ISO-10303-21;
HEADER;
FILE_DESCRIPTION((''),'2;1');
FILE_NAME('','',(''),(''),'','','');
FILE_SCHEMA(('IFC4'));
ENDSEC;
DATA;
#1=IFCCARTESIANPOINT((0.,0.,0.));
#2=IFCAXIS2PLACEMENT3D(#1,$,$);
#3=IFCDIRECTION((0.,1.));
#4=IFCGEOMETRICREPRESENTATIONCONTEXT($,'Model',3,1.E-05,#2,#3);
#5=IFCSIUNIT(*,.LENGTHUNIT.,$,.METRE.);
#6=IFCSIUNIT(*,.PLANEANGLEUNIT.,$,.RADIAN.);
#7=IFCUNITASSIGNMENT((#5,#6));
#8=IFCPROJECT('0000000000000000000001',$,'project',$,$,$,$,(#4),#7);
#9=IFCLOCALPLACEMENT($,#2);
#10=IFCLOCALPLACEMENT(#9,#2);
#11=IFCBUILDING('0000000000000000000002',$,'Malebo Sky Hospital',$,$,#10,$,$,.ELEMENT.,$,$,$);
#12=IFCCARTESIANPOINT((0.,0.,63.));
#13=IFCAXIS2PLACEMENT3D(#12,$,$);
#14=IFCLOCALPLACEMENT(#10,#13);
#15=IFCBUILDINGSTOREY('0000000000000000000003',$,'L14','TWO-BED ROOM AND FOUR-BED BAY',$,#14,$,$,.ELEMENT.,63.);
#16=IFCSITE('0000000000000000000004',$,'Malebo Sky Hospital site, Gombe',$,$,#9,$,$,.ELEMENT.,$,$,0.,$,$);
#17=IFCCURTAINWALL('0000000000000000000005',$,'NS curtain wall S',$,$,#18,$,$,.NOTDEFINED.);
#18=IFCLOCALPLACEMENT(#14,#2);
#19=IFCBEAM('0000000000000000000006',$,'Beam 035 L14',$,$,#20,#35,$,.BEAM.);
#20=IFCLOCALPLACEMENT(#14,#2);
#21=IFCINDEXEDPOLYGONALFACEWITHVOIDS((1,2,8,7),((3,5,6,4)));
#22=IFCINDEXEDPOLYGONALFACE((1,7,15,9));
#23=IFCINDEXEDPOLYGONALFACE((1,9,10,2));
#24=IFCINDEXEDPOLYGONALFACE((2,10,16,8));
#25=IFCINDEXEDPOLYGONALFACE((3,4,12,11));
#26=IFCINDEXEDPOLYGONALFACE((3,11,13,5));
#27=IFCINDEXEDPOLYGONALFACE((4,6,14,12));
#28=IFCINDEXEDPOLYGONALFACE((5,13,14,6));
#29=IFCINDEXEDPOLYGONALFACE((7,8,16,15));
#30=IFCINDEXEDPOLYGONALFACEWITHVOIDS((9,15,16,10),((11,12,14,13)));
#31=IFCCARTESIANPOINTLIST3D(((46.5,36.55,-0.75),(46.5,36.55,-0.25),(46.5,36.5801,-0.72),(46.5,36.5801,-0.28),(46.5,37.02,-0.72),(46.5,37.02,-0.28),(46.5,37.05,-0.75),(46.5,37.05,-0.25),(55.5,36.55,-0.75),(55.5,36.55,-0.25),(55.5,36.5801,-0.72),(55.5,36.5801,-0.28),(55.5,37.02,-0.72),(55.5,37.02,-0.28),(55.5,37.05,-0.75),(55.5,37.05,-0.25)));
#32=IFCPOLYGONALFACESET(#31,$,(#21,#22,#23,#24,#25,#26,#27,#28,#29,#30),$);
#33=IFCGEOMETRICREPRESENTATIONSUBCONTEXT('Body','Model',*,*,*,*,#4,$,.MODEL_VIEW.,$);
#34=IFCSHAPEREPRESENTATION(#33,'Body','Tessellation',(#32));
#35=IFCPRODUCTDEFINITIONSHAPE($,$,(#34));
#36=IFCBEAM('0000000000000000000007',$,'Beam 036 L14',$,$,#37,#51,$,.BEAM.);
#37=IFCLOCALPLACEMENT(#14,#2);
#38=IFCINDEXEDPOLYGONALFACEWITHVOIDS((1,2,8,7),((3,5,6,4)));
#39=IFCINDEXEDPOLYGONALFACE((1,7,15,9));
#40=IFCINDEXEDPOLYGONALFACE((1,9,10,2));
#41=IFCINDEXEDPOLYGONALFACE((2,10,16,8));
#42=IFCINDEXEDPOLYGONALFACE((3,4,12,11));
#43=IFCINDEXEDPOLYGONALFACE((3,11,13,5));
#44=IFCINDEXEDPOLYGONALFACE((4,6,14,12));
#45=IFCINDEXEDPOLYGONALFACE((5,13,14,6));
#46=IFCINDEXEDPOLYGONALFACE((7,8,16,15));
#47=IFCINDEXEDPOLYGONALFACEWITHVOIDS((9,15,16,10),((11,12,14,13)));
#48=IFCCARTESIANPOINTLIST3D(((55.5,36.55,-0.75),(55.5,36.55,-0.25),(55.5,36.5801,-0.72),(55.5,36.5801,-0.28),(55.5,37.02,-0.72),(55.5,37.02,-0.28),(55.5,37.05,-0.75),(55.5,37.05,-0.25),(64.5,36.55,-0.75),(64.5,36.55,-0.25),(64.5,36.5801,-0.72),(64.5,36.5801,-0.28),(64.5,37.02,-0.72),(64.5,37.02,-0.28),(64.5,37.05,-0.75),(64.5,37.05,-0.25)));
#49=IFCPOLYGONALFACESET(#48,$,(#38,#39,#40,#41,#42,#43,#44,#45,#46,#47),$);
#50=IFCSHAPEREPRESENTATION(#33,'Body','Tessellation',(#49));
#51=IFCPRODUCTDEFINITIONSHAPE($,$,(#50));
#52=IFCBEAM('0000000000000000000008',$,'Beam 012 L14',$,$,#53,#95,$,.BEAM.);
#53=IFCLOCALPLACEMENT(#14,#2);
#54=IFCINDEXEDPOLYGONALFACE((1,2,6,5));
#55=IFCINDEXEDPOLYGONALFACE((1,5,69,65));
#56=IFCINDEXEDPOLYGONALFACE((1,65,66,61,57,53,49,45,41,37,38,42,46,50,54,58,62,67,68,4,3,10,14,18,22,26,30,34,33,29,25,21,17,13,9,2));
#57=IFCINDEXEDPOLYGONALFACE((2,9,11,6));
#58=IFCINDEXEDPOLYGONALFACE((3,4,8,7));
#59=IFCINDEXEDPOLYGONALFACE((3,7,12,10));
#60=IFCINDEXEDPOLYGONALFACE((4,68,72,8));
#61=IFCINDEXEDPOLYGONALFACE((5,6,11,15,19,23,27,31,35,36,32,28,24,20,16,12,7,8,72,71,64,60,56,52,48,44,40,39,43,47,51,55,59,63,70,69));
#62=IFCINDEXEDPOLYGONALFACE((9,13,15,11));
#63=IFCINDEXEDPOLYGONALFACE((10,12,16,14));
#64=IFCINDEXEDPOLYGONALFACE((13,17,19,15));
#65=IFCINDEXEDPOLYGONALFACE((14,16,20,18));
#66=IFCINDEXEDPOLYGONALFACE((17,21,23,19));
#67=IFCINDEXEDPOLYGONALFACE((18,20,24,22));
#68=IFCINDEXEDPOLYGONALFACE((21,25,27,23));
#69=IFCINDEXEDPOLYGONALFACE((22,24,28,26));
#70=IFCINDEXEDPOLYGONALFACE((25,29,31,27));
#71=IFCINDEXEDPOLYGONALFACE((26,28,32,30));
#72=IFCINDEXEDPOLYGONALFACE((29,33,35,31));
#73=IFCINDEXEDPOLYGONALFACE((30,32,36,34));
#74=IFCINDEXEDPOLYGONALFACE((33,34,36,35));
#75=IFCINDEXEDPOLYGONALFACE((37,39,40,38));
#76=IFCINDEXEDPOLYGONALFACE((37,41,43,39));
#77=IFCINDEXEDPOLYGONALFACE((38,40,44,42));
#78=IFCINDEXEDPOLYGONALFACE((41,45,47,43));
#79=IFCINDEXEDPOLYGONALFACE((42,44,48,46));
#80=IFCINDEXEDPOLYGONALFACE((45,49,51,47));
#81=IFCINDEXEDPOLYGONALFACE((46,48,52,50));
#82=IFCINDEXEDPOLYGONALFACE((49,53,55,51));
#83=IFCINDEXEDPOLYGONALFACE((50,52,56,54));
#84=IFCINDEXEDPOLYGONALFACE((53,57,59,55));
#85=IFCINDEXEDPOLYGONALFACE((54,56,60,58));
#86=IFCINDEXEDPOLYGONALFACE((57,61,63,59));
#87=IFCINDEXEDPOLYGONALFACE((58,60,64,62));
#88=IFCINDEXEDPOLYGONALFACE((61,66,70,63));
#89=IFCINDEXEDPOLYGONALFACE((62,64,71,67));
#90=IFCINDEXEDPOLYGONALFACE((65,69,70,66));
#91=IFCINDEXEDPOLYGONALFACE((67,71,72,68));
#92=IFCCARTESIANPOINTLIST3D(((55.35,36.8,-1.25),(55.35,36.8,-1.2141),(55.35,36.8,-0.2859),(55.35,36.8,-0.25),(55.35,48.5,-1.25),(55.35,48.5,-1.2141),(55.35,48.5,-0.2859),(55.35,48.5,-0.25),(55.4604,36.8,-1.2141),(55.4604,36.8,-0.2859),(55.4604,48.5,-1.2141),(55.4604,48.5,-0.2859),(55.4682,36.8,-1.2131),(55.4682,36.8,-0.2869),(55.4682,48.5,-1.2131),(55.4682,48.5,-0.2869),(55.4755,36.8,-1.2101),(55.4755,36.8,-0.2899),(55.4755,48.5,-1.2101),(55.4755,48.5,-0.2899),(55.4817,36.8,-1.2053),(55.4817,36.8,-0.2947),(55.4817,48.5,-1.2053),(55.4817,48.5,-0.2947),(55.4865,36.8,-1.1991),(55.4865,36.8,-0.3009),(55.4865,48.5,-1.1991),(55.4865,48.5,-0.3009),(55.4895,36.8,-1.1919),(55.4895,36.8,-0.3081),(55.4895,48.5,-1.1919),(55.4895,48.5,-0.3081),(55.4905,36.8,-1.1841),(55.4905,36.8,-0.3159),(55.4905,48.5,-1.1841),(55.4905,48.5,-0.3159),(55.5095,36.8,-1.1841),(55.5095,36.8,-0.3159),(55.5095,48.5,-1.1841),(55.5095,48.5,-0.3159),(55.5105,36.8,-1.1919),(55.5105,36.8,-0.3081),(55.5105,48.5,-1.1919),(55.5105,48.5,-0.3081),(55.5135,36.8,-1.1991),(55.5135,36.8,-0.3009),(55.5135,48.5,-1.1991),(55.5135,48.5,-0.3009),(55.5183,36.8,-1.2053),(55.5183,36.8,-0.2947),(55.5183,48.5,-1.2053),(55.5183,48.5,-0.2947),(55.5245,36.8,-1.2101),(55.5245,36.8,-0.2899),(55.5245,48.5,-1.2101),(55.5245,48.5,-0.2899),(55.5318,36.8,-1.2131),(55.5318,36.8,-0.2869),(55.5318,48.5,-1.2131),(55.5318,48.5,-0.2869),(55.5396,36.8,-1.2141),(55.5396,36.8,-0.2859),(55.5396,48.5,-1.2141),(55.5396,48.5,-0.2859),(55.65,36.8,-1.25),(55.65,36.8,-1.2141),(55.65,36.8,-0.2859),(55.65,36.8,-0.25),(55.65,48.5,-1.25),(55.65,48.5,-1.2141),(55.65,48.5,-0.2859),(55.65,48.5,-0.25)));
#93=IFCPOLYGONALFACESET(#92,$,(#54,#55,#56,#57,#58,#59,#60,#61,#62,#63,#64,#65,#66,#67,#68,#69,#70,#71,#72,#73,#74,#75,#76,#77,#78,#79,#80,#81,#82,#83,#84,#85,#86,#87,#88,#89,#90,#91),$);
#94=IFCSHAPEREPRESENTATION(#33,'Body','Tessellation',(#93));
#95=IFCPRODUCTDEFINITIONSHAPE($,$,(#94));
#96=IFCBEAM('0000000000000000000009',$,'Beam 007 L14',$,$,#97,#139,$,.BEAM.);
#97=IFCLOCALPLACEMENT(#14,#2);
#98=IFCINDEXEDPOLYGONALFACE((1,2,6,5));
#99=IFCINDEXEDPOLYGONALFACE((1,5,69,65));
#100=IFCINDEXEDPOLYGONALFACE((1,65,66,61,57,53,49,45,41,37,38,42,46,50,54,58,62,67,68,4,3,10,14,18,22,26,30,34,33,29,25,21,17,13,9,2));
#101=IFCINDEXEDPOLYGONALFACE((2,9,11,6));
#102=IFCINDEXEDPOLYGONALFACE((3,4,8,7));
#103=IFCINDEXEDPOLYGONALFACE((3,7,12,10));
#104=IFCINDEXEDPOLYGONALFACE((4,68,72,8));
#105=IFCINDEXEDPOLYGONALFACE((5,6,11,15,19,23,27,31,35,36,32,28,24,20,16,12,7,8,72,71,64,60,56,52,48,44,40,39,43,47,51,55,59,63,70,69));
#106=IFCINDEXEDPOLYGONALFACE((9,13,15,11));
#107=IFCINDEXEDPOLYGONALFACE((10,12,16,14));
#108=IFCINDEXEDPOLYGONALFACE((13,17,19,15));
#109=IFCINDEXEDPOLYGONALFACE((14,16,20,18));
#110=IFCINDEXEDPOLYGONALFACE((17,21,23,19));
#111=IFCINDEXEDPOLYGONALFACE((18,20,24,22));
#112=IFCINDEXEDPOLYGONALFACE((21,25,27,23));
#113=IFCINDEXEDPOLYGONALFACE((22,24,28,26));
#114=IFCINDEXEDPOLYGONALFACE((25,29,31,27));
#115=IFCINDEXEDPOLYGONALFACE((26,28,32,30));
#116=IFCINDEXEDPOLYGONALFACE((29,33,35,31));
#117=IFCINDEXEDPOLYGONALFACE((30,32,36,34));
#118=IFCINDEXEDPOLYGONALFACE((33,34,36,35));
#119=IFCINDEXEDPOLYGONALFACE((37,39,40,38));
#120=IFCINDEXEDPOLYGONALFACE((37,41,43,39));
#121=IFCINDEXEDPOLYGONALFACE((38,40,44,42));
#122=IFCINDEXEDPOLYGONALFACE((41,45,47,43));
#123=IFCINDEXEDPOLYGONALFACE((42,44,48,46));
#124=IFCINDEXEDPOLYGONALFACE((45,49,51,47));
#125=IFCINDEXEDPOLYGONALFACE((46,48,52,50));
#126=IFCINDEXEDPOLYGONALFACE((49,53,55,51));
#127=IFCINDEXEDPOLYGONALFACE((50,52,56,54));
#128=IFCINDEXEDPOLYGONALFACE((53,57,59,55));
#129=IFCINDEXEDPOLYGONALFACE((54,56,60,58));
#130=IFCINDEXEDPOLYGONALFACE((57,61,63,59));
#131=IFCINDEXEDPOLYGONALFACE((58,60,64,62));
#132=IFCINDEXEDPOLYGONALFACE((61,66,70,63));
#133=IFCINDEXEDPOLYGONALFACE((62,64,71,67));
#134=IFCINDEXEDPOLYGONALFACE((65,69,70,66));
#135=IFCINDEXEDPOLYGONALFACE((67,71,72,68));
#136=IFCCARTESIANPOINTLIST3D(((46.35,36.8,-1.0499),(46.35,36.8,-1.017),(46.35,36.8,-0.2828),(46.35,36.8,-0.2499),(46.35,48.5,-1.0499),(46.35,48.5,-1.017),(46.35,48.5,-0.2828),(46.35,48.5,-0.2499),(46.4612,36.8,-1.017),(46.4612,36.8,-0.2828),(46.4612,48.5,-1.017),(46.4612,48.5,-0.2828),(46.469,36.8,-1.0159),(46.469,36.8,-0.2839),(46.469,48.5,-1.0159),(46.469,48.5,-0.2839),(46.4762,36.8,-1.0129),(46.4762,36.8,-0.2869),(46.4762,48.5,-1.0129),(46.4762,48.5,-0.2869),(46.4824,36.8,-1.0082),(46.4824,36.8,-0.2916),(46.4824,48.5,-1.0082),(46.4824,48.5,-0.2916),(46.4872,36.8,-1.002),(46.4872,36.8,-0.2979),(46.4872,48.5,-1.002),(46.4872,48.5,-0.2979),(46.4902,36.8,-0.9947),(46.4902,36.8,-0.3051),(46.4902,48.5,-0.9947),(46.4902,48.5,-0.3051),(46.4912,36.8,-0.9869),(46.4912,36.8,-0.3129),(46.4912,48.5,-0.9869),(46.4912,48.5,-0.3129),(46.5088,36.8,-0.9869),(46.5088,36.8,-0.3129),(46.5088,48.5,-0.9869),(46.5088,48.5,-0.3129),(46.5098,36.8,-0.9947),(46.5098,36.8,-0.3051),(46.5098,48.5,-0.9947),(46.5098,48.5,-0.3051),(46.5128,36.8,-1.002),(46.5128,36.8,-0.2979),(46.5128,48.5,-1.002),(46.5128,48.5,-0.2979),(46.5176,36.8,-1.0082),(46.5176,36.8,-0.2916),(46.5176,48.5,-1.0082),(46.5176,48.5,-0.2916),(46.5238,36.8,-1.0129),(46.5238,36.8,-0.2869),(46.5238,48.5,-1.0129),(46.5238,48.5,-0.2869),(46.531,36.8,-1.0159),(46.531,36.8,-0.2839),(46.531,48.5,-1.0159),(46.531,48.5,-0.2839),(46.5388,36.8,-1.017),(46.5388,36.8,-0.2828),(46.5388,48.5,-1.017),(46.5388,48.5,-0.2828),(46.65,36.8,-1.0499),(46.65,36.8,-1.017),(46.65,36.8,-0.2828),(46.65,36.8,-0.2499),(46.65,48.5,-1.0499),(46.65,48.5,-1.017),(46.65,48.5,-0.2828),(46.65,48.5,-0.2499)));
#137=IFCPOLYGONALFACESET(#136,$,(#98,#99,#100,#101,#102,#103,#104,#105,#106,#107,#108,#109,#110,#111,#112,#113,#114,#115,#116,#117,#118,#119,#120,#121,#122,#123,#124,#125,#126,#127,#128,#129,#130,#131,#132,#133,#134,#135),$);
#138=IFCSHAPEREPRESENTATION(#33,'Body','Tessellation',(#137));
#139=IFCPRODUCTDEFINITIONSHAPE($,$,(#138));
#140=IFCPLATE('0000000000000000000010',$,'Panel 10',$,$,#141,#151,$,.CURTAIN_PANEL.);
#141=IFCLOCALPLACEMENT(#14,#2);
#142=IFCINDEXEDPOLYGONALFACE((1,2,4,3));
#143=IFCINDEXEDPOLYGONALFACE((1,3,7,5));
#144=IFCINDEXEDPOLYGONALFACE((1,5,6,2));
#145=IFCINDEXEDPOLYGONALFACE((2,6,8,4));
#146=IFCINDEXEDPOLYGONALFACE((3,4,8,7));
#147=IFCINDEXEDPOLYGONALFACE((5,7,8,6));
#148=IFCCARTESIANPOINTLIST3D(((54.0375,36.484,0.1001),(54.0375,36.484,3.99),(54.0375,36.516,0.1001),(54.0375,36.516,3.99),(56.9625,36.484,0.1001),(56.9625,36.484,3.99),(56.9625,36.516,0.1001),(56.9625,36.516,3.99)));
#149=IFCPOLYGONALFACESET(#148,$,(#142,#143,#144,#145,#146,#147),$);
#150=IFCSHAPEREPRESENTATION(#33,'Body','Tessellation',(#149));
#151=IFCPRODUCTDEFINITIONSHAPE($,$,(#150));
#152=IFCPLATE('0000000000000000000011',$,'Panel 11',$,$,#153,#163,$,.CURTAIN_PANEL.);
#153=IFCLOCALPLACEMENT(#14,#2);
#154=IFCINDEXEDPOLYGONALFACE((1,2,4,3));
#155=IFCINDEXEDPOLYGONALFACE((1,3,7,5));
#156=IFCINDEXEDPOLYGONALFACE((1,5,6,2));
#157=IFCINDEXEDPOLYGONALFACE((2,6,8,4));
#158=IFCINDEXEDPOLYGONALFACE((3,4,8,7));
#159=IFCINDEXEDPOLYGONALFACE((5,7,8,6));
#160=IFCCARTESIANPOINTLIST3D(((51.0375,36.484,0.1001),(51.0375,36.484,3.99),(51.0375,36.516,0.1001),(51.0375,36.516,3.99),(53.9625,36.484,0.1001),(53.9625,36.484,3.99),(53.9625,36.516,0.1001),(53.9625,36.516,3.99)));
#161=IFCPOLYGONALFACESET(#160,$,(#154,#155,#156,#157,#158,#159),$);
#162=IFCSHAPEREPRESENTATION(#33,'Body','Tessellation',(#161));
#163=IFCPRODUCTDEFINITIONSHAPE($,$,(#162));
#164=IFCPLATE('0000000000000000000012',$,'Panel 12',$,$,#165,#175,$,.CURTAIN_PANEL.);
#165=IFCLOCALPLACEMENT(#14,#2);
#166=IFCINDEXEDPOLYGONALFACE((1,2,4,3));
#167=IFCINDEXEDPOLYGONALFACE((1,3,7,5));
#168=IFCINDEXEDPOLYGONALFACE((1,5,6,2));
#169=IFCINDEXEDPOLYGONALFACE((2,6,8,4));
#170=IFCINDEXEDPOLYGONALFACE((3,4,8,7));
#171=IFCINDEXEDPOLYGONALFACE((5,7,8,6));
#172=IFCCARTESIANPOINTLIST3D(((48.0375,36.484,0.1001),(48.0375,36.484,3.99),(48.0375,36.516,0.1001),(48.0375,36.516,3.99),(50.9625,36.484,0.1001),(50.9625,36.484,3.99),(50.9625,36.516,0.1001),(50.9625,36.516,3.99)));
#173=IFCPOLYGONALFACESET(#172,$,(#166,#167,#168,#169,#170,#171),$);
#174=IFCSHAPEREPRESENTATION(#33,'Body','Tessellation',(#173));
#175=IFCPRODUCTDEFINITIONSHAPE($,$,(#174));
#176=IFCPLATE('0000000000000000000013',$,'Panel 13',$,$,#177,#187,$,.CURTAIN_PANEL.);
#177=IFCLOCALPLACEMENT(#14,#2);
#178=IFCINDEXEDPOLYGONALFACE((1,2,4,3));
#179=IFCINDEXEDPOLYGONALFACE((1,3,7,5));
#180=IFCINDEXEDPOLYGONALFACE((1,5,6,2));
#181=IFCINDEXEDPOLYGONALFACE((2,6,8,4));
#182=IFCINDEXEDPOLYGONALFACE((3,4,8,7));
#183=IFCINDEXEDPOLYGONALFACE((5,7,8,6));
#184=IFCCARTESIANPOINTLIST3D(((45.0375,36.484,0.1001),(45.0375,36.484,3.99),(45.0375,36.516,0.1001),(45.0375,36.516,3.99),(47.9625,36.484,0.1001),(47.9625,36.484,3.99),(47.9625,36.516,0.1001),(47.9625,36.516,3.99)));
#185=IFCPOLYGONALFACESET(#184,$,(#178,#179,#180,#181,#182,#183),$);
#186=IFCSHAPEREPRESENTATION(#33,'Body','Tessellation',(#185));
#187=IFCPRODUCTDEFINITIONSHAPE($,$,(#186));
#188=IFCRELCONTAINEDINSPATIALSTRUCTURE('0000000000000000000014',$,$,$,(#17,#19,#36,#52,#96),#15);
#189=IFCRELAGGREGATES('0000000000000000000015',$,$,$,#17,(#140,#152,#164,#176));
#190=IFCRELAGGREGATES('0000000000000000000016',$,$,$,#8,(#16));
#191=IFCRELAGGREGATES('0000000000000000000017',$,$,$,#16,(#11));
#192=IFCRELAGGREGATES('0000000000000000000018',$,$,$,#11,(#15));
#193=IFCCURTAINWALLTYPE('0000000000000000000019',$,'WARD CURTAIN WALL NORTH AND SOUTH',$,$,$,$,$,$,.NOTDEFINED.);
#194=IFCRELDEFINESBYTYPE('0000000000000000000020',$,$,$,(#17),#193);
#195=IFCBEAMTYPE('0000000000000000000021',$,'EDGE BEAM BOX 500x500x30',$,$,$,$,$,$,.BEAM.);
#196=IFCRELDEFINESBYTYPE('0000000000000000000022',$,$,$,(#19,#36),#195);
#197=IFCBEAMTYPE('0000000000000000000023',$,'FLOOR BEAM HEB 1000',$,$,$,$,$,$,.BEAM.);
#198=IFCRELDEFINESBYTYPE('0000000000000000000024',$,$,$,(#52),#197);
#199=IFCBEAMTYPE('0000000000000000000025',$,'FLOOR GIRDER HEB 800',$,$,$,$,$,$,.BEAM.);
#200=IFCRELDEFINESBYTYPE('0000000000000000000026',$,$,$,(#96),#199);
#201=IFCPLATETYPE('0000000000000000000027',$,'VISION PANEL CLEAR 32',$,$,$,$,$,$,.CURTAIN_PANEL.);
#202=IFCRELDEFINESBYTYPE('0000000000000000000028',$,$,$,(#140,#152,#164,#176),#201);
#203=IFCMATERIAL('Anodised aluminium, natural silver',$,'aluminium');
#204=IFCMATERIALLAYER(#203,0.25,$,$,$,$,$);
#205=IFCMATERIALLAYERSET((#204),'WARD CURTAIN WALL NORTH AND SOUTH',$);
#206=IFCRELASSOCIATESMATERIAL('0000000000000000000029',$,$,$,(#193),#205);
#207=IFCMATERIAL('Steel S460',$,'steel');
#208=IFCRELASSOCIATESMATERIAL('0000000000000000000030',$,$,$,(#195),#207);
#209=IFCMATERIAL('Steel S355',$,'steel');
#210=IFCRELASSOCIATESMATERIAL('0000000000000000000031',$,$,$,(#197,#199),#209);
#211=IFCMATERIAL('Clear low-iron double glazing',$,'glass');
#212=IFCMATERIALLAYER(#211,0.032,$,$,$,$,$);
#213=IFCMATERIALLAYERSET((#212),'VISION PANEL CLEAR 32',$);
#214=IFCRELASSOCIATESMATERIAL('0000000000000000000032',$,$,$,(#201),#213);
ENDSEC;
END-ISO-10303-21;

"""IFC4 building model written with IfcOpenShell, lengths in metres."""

from ifc_helpers import new_model, si_unit, direction, frame, origin, origin_2d, place, context, subcontext, project, spatial, rectangle, hollow_rectangle, i_section, extrude, material, layer, layer_set, material_profile, profile_set, type_object, element, aggregate, save


model = new_model("IFC4")

# Units and contexts
model_context = context("Model", 3, precision=1e-05, world=origin(), true_north=direction((0.0, 1.0)))
body_context = subcontext(model_context, "Body", "Model", "MODEL_VIEW")
ifc_project = project(units=[si_unit("LENGTHUNIT", "METRE"), si_unit("PLANEANGLEUNIT", "RADIAN")], contexts=[model_context])

# Site, building, storey
site_placement = place(None, origin())
site = spatial("IfcSite", under=ifc_project, at=site_placement, Name="Malebo Sky Hospital site, Gombe", CompositionType="ELEMENT", RefElevation=0.0)
building_placement = place(site_placement, origin())
building = spatial("IfcBuilding", under=site, at=building_placement, Name="Malebo Sky Hospital", CompositionType="ELEMENT")
storey_placement = place(building_placement, frame((0.0, 0.0, 63.0)))
storey = spatial("IfcBuildingStorey", under=building, at=storey_placement, Name="L14", Description="TWO-BED ROOM AND FOUR-BED BAY", CompositionType="ELEMENT", Elevation=63.0)

# Shared definitions
ifc_material_1 = material(Name="Steel S460", Category="steel")

# Curtain wall
ifc_material_2 = material(Name="Anodised aluminium, natural silver", Category="aluminium")
ifc_layer_1 = layer(ifc_material_2, 0.25)
ifc_layer_set_1 = layer_set([ifc_layer_1], Name="WARD CURTAIN WALL NORTH AND SOUTH")
curtain_wall_type = type_object("IfcCurtainWallType", Name="WARD CURTAIN WALL NORTH AND SOUTH", PredefinedType="NOTDEFINED", material=ifc_layer_set_1)
curtain_wall_placement = place(storey_placement, origin())
curtain_wall = element("IfcCurtainWall", 1, at=curtain_wall_placement, inside=storey, type_object=curtain_wall_type, Name="NS curtain wall S", PredefinedType="NOTDEFINED")

# Beams
ifc_material_profile_1 = material_profile(ifc_material_1, hollow_rectangle(XDim=0.5, YDim=0.5, WallThickness=0.03, at=origin_2d()), Name="BOX 500x500x30")
ifc_profile_set_1 = profile_set([ifc_material_profile_1], Name="Steel S460")
beam_type_1 = type_object("IfcBeamType", Name="EDGE BEAM BOX 500x500x30", PredefinedType="BEAM", material=ifc_profile_set_1)
for number, where, z_axis, x_axis, name in (
    (2, (46.5, 36.8, -0.5), (1.0, 0.0, 0.0), (0.0, 1.0, 0.0), "Beam 035 L14"),
    (3, (55.5, 36.8, -0.5), (1.0, 0.0, 0.0), (0.0, 1.0, 0.0), "Beam 036 L14"),
):
    element("IfcBeam", number, at=place(storey_placement, frame(where, z_axis=z_axis, x_axis=x_axis)), inside=storey, type_object=beam_type_1, Name=name, PredefinedType="BEAM", context=body_context, shape_type="SweptSolid", body=[
        extrude(hollow_rectangle(XDim=0.5, YDim=0.5, WallThickness=0.03, at=origin_2d()), origin(), (0.0, 0.0, 1.0), 9.0),
    ])
ifc_material_3 = material(Name="Steel S355", Category="steel")
ifc_material_profile_2 = material_profile(ifc_material_3, i_section(OverallWidth=0.3, OverallDepth=1.0, WebThickness=0.019, FlangeThickness=0.0359, FilletRadius=0.03, at=origin_2d()), Name="HEB 1000")
ifc_profile_set_2 = profile_set([ifc_material_profile_2], Name="Steel S355")
beam_type_2 = type_object("IfcBeamType", Name="FLOOR BEAM HEB 1000", PredefinedType="BEAM", material=ifc_profile_set_2)
beam_1_placement = place(storey_placement, frame((55.5, 36.8, -0.75), z_axis=(0.0, 1.0, 0.0), x_axis=(-1.0, 0.0, 0.0)))
element("IfcBeam", 4, at=beam_1_placement, inside=storey, type_object=beam_type_2, Name="Beam 012 L14", PredefinedType="BEAM", context=body_context, shape_type="SweptSolid", body=[
    extrude(i_section(OverallWidth=0.3, OverallDepth=1.0, WebThickness=0.019, FlangeThickness=0.0359, FilletRadius=0.03, at=origin_2d()), origin(), (0.0, 0.0, 1.0), 11.7),
])
ifc_material_profile_3 = material_profile(ifc_material_3, i_section(OverallWidth=0.3, OverallDepth=0.8, WebThickness=0.0176, FlangeThickness=0.033, FilletRadius=0.03, at=origin_2d()), Name="HEB 800")
ifc_profile_set_3 = profile_set([ifc_material_profile_3], Name="Steel S355")
beam_type_3 = type_object("IfcBeamType", Name="FLOOR GIRDER HEB 800", PredefinedType="BEAM", material=ifc_profile_set_3)
beam_2_placement = place(storey_placement, frame((46.5, 36.8, -0.6499), z_axis=(0.0, 1.0, 0.0), x_axis=(-1.0, 0.0, 0.0)))
element("IfcBeam", 5, at=beam_2_placement, inside=storey, type_object=beam_type_3, Name="Beam 007 L14", PredefinedType="BEAM", context=body_context, shape_type="SweptSolid", body=[
    extrude(i_section(OverallWidth=0.3, OverallDepth=0.8, WebThickness=0.0176, FlangeThickness=0.033, FilletRadius=0.03, at=origin_2d()), origin(), (0.0, 0.0, 1.0), 11.7),
])

# Plates
ifc_material_4 = material(Name="Clear low-iron double glazing", Category="glass")
ifc_layer_2 = layer(ifc_material_4, 0.032)
ifc_layer_set_2 = layer_set([ifc_layer_2], Name="VISION PANEL CLEAR 32")
plate_type = type_object("IfcPlateType", Name="VISION PANEL CLEAR 32", PredefinedType="CURTAIN_PANEL", material=ifc_layer_set_2)
plate_1_placement = place(storey_placement, frame((55.5, 36.5, 0.1001), z_axis=(0.0, 0.0, 1.0), x_axis=(-1.0, 0.0, 0.0)))
plate_1 = element("IfcPlate", 6, at=plate_1_placement, type_object=plate_type, Name="Panel 10", PredefinedType="CURTAIN_PANEL", context=body_context, shape_type="SweptSolid", body=[
    extrude(rectangle(XDim=2.925, YDim=0.032, at=origin_2d()), origin(), (0.0, 0.0, 1.0), 3.8899),
])
plate_2_placement = place(storey_placement, frame((52.5, 36.5, 0.1001), z_axis=(0.0, 0.0, 1.0), x_axis=(-1.0, 0.0, 0.0)))
plate_2 = element("IfcPlate", 7, at=plate_2_placement, type_object=plate_type, Name="Panel 11", PredefinedType="CURTAIN_PANEL", context=body_context, shape_type="SweptSolid", body=[
    extrude(rectangle(XDim=2.925, YDim=0.032, at=origin_2d()), origin(), (0.0, 0.0, 1.0), 3.8899),
])
plate_3_placement = place(storey_placement, frame((49.5, 36.5, 0.1001), z_axis=(0.0, 0.0, 1.0), x_axis=(-1.0, 0.0, 0.0)))
plate_3 = element("IfcPlate", 8, at=plate_3_placement, type_object=plate_type, Name="Panel 12", PredefinedType="CURTAIN_PANEL", context=body_context, shape_type="SweptSolid", body=[
    extrude(rectangle(XDim=2.925, YDim=0.032, at=origin_2d()), origin(), (0.0, 0.0, 1.0), 3.8899),
])
plate_4_placement = place(storey_placement, frame((46.5, 36.5, 0.1001), z_axis=(0.0, 0.0, 1.0), x_axis=(-1.0, 0.0, 0.0)))
plate_4 = element("IfcPlate", 9, at=plate_4_placement, type_object=plate_type, Name="Panel 13", PredefinedType="CURTAIN_PANEL", context=body_context, shape_type="SweptSolid", body=[
    extrude(rectangle(XDim=2.925, YDim=0.032, at=origin_2d()), origin(), (0.0, 0.0, 1.0), 3.8899),
])
aggregate(curtain_wall, [plate_1, plate_2, plate_3, plate_4])

save(model, "model.ifc")
